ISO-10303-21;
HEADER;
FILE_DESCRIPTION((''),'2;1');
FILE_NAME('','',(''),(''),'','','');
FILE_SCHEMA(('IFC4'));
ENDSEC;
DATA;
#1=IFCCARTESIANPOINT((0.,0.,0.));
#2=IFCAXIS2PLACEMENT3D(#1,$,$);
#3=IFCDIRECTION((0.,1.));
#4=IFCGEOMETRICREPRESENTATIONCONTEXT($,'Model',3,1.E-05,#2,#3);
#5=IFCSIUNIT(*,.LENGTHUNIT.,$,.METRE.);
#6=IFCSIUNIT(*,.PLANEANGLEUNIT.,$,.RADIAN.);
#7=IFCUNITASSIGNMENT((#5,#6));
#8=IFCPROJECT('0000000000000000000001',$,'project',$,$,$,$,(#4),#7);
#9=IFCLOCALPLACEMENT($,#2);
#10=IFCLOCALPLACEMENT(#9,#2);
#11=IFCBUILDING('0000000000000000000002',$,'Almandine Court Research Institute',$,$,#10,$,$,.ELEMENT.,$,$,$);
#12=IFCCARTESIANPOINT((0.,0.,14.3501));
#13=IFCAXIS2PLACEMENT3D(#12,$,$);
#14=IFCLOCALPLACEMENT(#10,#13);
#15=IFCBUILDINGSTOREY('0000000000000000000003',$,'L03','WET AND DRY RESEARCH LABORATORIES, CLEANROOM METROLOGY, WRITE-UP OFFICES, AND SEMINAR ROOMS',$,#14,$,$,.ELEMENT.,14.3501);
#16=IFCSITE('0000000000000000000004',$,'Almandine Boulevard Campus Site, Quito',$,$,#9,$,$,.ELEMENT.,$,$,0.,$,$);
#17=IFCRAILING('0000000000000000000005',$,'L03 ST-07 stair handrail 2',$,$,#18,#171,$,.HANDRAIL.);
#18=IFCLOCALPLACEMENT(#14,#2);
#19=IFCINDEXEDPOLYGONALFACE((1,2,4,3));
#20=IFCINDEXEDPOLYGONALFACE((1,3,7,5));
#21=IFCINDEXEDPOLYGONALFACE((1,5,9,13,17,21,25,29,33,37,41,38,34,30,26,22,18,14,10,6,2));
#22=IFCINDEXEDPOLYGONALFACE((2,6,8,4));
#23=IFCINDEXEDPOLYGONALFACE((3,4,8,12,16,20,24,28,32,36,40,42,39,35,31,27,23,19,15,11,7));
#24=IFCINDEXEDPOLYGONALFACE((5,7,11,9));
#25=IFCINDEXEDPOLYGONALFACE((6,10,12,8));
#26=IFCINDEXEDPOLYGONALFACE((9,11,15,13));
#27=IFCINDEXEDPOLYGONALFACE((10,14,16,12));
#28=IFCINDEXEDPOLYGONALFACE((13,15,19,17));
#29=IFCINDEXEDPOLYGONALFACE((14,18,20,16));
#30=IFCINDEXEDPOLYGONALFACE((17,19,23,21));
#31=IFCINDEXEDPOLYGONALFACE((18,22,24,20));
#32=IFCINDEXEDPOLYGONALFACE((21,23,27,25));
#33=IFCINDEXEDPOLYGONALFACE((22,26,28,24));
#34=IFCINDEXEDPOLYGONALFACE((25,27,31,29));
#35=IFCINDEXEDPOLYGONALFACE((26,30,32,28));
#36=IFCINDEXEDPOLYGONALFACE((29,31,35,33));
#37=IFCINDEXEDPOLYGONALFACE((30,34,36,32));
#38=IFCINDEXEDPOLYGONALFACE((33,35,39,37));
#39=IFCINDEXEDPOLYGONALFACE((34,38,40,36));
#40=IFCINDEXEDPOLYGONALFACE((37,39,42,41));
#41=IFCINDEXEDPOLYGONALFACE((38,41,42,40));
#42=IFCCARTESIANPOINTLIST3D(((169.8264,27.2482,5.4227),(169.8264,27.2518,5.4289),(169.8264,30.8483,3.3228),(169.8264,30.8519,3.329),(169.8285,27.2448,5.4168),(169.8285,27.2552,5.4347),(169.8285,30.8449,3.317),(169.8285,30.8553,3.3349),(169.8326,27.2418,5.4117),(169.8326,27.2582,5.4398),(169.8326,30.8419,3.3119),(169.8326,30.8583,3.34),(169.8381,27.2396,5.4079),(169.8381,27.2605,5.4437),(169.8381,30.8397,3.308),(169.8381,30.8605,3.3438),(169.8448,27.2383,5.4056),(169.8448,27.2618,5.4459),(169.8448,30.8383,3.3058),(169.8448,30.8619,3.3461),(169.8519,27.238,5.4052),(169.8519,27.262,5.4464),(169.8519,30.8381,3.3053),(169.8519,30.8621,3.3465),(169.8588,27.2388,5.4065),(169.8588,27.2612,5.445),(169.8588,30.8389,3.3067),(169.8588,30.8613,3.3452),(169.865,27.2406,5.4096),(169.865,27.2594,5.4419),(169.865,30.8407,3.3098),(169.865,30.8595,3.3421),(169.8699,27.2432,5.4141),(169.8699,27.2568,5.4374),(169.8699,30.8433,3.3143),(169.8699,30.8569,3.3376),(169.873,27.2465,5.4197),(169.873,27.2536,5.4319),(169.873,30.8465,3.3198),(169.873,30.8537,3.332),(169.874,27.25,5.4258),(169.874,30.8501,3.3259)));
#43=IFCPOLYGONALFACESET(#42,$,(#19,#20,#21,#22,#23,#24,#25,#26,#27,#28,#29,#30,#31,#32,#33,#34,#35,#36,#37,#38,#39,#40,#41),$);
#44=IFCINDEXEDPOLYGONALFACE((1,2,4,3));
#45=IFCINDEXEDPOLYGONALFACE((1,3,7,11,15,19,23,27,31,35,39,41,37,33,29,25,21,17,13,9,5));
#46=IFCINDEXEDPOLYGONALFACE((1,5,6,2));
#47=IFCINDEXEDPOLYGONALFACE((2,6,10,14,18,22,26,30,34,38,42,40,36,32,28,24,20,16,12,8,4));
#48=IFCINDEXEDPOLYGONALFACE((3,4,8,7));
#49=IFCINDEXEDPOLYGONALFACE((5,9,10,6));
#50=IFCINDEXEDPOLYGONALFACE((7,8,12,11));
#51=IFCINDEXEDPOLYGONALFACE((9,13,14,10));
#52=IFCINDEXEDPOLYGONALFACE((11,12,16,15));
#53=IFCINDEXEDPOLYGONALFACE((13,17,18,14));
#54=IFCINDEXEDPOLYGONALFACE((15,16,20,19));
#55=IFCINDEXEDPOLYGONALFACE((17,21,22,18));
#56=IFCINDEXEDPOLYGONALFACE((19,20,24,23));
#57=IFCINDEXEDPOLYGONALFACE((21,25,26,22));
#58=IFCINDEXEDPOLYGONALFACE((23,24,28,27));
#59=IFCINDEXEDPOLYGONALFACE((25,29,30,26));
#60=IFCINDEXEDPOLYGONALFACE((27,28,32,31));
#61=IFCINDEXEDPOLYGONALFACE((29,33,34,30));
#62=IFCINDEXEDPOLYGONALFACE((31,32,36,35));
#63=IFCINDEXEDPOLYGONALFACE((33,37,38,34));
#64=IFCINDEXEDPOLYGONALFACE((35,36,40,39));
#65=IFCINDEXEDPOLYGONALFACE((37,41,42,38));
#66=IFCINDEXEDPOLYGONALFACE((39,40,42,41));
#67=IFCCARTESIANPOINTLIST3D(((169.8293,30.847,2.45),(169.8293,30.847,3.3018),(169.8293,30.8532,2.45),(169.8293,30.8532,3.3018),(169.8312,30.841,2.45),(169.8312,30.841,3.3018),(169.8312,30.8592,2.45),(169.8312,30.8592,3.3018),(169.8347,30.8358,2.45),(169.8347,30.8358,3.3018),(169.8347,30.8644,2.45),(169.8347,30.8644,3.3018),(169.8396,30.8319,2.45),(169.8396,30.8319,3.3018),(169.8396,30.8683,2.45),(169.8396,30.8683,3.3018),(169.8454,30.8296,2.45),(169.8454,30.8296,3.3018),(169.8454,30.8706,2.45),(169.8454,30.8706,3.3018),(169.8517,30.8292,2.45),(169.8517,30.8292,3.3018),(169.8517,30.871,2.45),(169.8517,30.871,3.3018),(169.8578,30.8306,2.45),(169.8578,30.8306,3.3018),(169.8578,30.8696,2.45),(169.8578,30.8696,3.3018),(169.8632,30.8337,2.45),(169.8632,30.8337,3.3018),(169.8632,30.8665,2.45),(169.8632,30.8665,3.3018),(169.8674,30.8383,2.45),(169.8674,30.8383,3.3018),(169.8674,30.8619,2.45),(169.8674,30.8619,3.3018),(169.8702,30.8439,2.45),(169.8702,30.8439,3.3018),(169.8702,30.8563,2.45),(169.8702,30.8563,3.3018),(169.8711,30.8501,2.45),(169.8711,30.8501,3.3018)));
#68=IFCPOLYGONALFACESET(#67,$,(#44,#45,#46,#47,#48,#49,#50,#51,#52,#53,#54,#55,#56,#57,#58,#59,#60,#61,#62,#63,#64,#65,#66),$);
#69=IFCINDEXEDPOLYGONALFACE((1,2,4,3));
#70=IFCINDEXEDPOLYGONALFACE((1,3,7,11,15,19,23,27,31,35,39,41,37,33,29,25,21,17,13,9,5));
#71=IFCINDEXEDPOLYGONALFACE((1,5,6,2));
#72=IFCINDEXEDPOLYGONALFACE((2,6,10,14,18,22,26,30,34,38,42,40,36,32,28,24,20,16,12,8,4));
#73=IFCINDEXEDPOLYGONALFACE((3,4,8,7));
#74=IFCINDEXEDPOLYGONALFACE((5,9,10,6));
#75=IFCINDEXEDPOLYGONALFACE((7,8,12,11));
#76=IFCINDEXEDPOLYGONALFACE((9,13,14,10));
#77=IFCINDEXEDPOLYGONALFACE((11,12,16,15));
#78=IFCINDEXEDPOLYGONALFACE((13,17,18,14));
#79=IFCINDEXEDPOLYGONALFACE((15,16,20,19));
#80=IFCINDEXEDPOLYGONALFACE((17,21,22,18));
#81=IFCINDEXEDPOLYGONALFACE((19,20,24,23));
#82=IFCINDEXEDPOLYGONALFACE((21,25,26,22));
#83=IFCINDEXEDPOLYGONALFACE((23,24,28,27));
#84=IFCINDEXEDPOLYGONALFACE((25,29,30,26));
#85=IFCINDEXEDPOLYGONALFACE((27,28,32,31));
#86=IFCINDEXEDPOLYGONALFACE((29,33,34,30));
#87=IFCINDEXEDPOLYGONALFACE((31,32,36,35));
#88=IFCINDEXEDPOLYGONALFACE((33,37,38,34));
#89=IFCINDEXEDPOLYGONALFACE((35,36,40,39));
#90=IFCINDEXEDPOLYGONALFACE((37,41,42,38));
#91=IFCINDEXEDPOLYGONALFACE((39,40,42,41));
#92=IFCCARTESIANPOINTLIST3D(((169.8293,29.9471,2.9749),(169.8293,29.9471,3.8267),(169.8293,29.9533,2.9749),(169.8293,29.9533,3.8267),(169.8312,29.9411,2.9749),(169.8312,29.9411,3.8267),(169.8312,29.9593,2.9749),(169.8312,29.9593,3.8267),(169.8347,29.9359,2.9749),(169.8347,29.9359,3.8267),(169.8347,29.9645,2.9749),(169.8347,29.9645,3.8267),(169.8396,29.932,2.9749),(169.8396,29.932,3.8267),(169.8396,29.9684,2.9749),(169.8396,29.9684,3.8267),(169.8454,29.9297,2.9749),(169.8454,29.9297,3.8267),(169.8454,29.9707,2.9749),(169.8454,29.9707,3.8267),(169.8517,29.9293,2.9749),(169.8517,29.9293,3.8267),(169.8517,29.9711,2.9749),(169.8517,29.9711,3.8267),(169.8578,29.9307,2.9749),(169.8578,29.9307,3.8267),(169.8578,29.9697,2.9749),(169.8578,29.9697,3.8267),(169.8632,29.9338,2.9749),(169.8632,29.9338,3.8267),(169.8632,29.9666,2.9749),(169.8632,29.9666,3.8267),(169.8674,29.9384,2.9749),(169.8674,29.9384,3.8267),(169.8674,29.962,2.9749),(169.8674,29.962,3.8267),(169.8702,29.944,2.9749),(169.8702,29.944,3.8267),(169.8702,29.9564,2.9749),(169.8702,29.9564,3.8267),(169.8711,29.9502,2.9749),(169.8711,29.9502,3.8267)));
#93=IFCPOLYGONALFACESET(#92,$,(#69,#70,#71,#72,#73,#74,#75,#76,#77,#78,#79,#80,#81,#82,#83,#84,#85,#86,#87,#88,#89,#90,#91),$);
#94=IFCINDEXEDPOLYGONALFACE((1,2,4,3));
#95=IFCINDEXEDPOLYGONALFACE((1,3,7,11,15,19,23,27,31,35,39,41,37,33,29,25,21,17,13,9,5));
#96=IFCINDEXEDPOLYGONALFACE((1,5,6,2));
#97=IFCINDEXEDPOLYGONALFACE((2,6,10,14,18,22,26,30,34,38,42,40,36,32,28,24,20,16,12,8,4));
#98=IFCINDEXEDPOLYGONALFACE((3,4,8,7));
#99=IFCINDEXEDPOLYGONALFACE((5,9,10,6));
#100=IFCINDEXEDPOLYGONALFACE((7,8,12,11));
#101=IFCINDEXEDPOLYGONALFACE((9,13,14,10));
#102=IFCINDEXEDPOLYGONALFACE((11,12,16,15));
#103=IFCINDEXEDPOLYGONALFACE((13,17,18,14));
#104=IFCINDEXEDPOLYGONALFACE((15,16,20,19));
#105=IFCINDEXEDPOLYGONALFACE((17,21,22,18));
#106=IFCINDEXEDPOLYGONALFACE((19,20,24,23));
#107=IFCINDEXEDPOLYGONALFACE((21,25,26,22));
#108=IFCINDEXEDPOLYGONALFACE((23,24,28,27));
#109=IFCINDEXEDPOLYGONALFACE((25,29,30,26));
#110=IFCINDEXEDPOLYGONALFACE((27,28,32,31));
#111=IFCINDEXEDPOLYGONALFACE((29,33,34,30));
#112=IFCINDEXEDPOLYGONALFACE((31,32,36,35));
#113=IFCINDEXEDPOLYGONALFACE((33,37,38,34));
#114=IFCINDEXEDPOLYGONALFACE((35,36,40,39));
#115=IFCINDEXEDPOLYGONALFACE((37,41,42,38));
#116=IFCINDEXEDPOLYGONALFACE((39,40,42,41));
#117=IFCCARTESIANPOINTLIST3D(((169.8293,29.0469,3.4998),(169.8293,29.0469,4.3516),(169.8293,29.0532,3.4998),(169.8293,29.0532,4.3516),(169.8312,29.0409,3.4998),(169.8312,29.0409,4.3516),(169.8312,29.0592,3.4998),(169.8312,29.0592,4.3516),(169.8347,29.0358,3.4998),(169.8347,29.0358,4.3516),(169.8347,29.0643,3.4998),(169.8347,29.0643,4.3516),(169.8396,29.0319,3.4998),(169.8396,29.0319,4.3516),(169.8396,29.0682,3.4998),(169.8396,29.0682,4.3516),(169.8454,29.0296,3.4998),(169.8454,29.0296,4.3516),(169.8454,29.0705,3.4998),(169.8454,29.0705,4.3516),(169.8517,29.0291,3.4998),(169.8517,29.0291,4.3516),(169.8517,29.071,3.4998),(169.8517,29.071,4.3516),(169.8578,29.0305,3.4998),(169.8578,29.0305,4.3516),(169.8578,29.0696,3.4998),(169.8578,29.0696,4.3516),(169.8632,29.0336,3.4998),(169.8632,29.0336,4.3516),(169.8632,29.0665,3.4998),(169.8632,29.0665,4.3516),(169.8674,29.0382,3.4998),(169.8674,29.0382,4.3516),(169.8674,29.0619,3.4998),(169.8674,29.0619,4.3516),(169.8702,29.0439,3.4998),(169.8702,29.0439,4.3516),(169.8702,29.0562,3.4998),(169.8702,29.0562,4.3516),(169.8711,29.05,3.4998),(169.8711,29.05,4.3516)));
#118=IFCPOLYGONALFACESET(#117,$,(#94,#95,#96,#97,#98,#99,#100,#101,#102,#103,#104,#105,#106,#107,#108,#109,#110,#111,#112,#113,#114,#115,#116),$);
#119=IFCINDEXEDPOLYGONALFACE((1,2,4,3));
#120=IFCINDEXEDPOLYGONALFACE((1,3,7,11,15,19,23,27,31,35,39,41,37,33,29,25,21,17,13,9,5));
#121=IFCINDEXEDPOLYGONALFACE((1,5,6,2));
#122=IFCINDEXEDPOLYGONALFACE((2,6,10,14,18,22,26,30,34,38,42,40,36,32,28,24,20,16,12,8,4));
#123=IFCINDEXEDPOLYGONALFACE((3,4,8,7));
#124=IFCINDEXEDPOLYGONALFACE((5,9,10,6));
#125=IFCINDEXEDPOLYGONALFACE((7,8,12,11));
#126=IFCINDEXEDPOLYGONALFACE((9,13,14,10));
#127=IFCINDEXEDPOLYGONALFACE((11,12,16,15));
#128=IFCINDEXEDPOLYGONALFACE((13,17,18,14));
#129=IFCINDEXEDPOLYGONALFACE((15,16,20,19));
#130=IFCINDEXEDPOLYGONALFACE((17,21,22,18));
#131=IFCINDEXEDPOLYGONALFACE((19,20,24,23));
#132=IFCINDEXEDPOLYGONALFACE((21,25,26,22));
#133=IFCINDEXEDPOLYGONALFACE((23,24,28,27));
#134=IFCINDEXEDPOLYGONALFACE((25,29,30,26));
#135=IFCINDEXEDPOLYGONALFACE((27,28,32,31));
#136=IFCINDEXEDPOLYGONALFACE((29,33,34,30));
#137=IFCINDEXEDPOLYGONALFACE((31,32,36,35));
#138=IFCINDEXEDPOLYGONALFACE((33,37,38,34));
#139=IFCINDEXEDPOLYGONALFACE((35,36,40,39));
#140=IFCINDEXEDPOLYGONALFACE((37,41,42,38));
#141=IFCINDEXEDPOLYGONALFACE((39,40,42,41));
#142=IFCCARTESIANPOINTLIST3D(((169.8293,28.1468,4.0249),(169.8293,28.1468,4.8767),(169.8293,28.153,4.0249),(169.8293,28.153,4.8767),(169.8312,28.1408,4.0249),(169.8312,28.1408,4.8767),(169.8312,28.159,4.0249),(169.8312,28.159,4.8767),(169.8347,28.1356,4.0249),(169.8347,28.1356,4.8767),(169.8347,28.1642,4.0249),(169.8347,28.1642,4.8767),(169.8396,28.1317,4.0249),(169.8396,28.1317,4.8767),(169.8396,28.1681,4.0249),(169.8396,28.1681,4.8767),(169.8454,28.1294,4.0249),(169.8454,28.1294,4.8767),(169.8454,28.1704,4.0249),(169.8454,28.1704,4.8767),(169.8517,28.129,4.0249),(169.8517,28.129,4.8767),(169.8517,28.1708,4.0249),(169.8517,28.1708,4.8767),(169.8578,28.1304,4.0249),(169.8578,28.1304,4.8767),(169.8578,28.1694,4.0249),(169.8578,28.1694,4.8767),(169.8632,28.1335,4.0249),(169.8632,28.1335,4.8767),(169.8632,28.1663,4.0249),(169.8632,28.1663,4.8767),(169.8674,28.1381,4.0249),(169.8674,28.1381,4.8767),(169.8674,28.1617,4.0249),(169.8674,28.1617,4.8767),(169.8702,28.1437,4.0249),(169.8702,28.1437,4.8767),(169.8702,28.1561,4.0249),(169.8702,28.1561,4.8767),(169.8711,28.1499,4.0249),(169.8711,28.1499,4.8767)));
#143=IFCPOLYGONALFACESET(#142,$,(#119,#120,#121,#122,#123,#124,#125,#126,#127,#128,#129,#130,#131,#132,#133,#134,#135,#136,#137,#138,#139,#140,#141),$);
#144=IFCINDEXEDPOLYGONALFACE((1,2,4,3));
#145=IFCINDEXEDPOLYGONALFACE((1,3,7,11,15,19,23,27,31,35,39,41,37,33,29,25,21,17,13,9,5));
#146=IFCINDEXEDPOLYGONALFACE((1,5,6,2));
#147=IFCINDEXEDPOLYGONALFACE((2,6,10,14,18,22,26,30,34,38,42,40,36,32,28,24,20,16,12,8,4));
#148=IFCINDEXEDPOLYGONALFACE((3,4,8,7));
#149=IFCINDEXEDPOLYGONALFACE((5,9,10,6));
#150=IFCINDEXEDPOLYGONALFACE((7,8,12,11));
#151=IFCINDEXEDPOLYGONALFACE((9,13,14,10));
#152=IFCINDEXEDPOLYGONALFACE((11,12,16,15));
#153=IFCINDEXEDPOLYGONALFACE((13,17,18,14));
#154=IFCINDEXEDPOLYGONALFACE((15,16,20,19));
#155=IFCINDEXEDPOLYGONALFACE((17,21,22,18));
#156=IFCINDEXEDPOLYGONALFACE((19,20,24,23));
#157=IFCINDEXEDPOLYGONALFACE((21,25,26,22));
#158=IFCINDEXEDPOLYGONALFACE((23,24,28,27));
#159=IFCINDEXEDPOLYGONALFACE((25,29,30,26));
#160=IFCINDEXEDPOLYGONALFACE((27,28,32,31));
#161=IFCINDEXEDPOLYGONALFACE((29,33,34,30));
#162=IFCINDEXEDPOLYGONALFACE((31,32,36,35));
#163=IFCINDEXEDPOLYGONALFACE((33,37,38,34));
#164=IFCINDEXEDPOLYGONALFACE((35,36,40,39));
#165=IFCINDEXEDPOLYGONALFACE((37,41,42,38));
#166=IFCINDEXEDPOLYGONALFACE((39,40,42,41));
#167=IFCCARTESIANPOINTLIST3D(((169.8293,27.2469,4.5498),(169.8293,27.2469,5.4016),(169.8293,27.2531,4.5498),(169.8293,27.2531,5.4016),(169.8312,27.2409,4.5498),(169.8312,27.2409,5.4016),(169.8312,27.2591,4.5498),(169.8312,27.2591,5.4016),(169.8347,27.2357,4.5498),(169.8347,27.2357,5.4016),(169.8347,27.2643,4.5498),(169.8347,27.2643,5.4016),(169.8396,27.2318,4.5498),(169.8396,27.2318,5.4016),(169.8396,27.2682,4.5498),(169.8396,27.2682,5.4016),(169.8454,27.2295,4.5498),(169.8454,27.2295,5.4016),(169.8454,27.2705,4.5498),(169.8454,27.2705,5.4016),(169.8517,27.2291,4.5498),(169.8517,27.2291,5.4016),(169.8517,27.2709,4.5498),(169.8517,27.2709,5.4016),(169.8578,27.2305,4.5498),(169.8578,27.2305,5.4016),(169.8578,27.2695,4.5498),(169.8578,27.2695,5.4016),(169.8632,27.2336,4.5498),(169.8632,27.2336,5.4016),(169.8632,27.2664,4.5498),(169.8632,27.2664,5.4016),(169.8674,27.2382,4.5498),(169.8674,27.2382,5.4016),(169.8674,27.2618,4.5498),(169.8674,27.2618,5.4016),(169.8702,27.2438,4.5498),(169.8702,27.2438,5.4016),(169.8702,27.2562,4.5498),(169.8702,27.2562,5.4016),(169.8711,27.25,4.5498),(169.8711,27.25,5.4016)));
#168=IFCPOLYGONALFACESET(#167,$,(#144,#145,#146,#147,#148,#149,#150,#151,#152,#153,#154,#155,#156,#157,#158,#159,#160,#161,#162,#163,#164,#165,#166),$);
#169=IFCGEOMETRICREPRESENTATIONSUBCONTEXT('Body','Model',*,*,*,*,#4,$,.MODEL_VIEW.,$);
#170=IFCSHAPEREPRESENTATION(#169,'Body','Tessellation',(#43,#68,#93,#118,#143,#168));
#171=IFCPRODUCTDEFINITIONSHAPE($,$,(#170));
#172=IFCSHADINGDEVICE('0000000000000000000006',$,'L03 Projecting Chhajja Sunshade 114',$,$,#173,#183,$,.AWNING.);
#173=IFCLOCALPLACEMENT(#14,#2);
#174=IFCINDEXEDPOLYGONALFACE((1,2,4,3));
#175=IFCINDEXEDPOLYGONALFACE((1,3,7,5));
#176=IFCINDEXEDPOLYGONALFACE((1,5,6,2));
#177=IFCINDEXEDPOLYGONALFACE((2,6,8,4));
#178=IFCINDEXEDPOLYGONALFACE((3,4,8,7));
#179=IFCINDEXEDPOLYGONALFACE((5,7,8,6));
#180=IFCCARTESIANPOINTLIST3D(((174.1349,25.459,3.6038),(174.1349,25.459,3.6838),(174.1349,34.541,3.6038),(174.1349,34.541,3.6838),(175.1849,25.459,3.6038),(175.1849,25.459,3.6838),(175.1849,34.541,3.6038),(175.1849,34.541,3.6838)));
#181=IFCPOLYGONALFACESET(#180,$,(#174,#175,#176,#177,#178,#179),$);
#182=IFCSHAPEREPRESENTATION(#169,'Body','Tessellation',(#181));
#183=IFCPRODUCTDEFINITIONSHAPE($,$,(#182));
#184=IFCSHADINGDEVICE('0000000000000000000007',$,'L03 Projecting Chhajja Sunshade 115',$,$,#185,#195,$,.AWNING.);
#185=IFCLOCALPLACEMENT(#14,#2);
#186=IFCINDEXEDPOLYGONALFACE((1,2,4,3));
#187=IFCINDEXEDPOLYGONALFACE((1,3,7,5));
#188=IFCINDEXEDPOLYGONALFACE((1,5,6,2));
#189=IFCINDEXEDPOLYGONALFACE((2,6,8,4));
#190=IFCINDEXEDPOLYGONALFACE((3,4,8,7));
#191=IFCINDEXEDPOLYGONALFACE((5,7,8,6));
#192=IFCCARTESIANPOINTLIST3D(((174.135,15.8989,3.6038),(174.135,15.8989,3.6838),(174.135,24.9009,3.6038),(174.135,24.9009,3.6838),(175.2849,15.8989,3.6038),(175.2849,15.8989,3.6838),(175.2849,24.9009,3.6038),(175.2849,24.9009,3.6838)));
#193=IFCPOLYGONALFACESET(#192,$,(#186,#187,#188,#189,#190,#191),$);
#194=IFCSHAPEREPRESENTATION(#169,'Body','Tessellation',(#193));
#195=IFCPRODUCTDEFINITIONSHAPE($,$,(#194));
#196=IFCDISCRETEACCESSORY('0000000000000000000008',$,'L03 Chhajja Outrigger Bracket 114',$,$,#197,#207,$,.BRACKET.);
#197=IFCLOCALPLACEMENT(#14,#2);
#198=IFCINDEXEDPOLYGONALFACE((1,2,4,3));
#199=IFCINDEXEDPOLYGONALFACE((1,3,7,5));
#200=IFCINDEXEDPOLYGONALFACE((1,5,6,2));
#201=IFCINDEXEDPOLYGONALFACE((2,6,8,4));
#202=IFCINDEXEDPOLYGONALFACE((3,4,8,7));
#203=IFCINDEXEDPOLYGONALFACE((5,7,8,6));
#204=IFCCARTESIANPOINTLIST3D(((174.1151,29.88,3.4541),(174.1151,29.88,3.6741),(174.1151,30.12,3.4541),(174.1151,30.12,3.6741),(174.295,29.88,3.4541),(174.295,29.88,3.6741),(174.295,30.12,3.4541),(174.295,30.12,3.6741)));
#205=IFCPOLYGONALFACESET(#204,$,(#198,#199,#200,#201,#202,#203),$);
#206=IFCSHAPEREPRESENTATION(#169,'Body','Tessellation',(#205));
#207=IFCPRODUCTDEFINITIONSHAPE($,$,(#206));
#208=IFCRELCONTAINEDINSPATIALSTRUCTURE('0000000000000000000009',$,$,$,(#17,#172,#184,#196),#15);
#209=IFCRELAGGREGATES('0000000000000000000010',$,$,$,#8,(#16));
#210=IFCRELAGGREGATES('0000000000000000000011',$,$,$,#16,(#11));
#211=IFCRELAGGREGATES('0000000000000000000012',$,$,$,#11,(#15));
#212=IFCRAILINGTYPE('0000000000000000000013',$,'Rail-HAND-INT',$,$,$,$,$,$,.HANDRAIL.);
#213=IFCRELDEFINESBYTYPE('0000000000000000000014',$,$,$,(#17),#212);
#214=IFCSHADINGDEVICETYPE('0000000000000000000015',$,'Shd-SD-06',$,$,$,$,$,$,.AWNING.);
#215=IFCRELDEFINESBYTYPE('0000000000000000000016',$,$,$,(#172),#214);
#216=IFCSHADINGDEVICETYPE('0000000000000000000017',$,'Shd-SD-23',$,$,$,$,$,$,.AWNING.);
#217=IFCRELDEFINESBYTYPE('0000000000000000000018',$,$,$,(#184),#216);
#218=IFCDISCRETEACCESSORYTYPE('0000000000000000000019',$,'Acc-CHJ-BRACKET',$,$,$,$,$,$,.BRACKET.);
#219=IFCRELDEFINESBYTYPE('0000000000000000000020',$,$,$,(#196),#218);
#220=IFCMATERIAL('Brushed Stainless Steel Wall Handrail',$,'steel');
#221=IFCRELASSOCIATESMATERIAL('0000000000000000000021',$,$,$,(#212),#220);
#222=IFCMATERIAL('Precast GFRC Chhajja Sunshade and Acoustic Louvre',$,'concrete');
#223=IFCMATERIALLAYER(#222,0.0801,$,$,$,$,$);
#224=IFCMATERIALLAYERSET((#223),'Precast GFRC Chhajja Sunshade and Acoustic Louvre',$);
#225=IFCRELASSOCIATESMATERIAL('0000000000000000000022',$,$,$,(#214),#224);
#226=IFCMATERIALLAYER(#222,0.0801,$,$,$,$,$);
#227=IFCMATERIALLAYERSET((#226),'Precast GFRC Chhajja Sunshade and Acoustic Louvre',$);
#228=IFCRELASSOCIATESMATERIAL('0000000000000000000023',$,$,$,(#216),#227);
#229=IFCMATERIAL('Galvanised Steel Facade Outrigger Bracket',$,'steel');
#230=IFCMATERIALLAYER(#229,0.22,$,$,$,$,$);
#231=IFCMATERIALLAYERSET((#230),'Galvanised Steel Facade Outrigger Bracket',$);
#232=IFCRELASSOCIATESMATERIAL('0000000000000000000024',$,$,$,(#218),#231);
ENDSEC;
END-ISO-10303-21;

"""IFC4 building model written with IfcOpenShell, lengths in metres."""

from ifc_helpers import new_model, si_unit, direction, frame, origin, origin_2d, place, context, subcontext, project, spatial, rectangle, circle, extrude, material, layer, layer_set, type_object, element, save


model = new_model("IFC4")

# Units and contexts
model_context = context("Model", 3, precision=1e-05, world=origin(), true_north=direction((0.0, 1.0)))
body_context = subcontext(model_context, "Body", "Model", "MODEL_VIEW")
ifc_project = project(units=[si_unit("LENGTHUNIT", "METRE"), si_unit("PLANEANGLEUNIT", "RADIAN")], contexts=[model_context])

# Site, building, storey
site_placement = place(None, origin())
site = spatial("IfcSite", under=ifc_project, at=site_placement, Name="Almandine Boulevard Campus Site, Quito", CompositionType="ELEMENT", RefElevation=0.0)
building_placement = place(site_placement, origin())
building = spatial("IfcBuilding", under=site, at=building_placement, Name="Almandine Court Research Institute", CompositionType="ELEMENT")
storey_placement = place(building_placement, frame((0.0, 0.0, 14.3501)))
storey = spatial("IfcBuildingStorey", under=building, at=storey_placement, Name="L03", Description="WET AND DRY RESEARCH LABORATORIES, CLEANROOM METROLOGY, WRITE-UP OFFICES, AND SEMINAR ROOMS", CompositionType="ELEMENT", Elevation=14.3501)

# Railing
ifc_material_1 = material(Name="Brushed Stainless Steel Wall Handrail", Category="steel")
railing_type_1 = type_object("IfcRailingType", Name="Rail-HAND-INT", PredefinedType="HANDRAIL", material=ifc_material_1)
railing_1_placement = place(storey_placement, frame((169.8501, 30.8501, 2.45)))
element("IfcRailing", 1, at=railing_1_placement, inside=storey, type_object=railing_type_1, Name="L03 ST-07 stair handrail 2", PredefinedType="HANDRAIL", context=body_context, shape_type="SweptSolid", body=[
    extrude(circle(Radius=0.0239, at=origin_2d()), frame((0.0, 0.0, 0.876), z_axis=(0.0, -0.8638, 0.503835), x_axis=(1.0, 0.0, 0.0)), (0.0, 0.0, 1.0), 4.1677),
    extrude(circle(Radius=0.021, at=origin_2d()), origin(), (0.0, 0.0, 1.0), 0.8518),
    extrude(circle(Radius=0.021, at=origin_2d()), frame((0.0, -0.8999, 0.5249)), (0.0, 0.0, 1.0), 0.8518),
    extrude(circle(Radius=0.021, at=origin_2d()), frame((0.0, -1.8, 1.0498)), (0.0, 0.0, 1.0), 0.8518),
    extrude(circle(Radius=0.021, at=origin_2d()), frame((0.0, -2.7002, 1.575)), (0.0, 0.0, 1.0), 0.8518),
    extrude(circle(Radius=0.021, at=origin_2d()), frame((0.0, -3.6001, 2.0999)), (0.0, 0.0, 1.0), 0.8518),
])

# Shading devices
ifc_material_2 = material(Name="Precast GFRC Chhajja Sunshade and Acoustic Louvre", Category="concrete")
ifc_layer_1 = layer(ifc_material_2, 0.0801)
ifc_layer_set_1 = layer_set([ifc_layer_1], Name="Precast GFRC Chhajja Sunshade and Acoustic Louvre")
shading_device_type_1 = type_object("IfcShadingDeviceType", Name="Shd-SD-06", PredefinedType="AWNING", material=ifc_layer_set_1)
shading_device_1_placement = place(storey_placement, frame((174.6599, 30.0, 3.6038), z_axis=(0.0, 0.0, 1.0), x_axis=(0.0, -1.0, 0.0)))
element("IfcShadingDevice", 2, at=shading_device_1_placement, inside=storey, type_object=shading_device_type_1, Name="L03 Projecting Chhajja Sunshade 114", PredefinedType="AWNING", context=body_context, shape_type="SweptSolid", body=[
    extrude(rectangle(XDim=9.082, YDim=1.05, at=origin_2d()), origin(), (0.0, 0.0, 1.0), 0.0801),
])
ifc_layer_2 = layer(ifc_material_2, 0.0801)
ifc_layer_set_2 = layer_set([ifc_layer_2], Name="Precast GFRC Chhajja Sunshade and Acoustic Louvre")
shading_device_type_2 = type_object("IfcShadingDeviceType", Name="Shd-SD-23", PredefinedType="AWNING", material=ifc_layer_set_2)
shading_device_2_placement = place(storey_placement, frame((174.71, 20.3999, 3.6038), z_axis=(0.0, 0.0, 1.0), x_axis=(0.0, -1.0, 0.0)))
element("IfcShadingDevice", 3, at=shading_device_2_placement, inside=storey, type_object=shading_device_type_2, Name="L03 Projecting Chhajja Sunshade 115", PredefinedType="AWNING", context=body_context, shape_type="SweptSolid", body=[
    extrude(rectangle(XDim=9.002, YDim=1.1499, at=origin_2d()), origin(), (0.0, 0.0, 1.0), 0.0801),
])

# Discrete accessory
ifc_material_3 = material(Name="Galvanised Steel Facade Outrigger Bracket", Category="steel")
ifc_layer_3 = layer(ifc_material_3, 0.22)
ifc_layer_set_3 = layer_set([ifc_layer_3], Name="Galvanised Steel Facade Outrigger Bracket")
discrete_accessory_type = type_object("IfcDiscreteAccessoryType", Name="Acc-CHJ-BRACKET", PredefinedType="BRACKET", material=ifc_layer_set_3)
discrete_accessory_placement = place(storey_placement, frame((174.2051, 30.0, 3.4541), z_axis=(0.0, 0.0, 1.0), x_axis=(0.0, -1.0, 0.0)))
element("IfcDiscreteAccessory", 4, at=discrete_accessory_placement, inside=storey, type_object=discrete_accessory_type, Name="L03 Chhajja Outrigger Bracket 114", PredefinedType="BRACKET", context=body_context, shape_type="SweptSolid", body=[
    extrude(rectangle(XDim=0.24, YDim=0.1799, at=origin_2d()), origin(), (0.0, 0.0, 1.0), 0.22),
])

save(model, "model.ifc")
